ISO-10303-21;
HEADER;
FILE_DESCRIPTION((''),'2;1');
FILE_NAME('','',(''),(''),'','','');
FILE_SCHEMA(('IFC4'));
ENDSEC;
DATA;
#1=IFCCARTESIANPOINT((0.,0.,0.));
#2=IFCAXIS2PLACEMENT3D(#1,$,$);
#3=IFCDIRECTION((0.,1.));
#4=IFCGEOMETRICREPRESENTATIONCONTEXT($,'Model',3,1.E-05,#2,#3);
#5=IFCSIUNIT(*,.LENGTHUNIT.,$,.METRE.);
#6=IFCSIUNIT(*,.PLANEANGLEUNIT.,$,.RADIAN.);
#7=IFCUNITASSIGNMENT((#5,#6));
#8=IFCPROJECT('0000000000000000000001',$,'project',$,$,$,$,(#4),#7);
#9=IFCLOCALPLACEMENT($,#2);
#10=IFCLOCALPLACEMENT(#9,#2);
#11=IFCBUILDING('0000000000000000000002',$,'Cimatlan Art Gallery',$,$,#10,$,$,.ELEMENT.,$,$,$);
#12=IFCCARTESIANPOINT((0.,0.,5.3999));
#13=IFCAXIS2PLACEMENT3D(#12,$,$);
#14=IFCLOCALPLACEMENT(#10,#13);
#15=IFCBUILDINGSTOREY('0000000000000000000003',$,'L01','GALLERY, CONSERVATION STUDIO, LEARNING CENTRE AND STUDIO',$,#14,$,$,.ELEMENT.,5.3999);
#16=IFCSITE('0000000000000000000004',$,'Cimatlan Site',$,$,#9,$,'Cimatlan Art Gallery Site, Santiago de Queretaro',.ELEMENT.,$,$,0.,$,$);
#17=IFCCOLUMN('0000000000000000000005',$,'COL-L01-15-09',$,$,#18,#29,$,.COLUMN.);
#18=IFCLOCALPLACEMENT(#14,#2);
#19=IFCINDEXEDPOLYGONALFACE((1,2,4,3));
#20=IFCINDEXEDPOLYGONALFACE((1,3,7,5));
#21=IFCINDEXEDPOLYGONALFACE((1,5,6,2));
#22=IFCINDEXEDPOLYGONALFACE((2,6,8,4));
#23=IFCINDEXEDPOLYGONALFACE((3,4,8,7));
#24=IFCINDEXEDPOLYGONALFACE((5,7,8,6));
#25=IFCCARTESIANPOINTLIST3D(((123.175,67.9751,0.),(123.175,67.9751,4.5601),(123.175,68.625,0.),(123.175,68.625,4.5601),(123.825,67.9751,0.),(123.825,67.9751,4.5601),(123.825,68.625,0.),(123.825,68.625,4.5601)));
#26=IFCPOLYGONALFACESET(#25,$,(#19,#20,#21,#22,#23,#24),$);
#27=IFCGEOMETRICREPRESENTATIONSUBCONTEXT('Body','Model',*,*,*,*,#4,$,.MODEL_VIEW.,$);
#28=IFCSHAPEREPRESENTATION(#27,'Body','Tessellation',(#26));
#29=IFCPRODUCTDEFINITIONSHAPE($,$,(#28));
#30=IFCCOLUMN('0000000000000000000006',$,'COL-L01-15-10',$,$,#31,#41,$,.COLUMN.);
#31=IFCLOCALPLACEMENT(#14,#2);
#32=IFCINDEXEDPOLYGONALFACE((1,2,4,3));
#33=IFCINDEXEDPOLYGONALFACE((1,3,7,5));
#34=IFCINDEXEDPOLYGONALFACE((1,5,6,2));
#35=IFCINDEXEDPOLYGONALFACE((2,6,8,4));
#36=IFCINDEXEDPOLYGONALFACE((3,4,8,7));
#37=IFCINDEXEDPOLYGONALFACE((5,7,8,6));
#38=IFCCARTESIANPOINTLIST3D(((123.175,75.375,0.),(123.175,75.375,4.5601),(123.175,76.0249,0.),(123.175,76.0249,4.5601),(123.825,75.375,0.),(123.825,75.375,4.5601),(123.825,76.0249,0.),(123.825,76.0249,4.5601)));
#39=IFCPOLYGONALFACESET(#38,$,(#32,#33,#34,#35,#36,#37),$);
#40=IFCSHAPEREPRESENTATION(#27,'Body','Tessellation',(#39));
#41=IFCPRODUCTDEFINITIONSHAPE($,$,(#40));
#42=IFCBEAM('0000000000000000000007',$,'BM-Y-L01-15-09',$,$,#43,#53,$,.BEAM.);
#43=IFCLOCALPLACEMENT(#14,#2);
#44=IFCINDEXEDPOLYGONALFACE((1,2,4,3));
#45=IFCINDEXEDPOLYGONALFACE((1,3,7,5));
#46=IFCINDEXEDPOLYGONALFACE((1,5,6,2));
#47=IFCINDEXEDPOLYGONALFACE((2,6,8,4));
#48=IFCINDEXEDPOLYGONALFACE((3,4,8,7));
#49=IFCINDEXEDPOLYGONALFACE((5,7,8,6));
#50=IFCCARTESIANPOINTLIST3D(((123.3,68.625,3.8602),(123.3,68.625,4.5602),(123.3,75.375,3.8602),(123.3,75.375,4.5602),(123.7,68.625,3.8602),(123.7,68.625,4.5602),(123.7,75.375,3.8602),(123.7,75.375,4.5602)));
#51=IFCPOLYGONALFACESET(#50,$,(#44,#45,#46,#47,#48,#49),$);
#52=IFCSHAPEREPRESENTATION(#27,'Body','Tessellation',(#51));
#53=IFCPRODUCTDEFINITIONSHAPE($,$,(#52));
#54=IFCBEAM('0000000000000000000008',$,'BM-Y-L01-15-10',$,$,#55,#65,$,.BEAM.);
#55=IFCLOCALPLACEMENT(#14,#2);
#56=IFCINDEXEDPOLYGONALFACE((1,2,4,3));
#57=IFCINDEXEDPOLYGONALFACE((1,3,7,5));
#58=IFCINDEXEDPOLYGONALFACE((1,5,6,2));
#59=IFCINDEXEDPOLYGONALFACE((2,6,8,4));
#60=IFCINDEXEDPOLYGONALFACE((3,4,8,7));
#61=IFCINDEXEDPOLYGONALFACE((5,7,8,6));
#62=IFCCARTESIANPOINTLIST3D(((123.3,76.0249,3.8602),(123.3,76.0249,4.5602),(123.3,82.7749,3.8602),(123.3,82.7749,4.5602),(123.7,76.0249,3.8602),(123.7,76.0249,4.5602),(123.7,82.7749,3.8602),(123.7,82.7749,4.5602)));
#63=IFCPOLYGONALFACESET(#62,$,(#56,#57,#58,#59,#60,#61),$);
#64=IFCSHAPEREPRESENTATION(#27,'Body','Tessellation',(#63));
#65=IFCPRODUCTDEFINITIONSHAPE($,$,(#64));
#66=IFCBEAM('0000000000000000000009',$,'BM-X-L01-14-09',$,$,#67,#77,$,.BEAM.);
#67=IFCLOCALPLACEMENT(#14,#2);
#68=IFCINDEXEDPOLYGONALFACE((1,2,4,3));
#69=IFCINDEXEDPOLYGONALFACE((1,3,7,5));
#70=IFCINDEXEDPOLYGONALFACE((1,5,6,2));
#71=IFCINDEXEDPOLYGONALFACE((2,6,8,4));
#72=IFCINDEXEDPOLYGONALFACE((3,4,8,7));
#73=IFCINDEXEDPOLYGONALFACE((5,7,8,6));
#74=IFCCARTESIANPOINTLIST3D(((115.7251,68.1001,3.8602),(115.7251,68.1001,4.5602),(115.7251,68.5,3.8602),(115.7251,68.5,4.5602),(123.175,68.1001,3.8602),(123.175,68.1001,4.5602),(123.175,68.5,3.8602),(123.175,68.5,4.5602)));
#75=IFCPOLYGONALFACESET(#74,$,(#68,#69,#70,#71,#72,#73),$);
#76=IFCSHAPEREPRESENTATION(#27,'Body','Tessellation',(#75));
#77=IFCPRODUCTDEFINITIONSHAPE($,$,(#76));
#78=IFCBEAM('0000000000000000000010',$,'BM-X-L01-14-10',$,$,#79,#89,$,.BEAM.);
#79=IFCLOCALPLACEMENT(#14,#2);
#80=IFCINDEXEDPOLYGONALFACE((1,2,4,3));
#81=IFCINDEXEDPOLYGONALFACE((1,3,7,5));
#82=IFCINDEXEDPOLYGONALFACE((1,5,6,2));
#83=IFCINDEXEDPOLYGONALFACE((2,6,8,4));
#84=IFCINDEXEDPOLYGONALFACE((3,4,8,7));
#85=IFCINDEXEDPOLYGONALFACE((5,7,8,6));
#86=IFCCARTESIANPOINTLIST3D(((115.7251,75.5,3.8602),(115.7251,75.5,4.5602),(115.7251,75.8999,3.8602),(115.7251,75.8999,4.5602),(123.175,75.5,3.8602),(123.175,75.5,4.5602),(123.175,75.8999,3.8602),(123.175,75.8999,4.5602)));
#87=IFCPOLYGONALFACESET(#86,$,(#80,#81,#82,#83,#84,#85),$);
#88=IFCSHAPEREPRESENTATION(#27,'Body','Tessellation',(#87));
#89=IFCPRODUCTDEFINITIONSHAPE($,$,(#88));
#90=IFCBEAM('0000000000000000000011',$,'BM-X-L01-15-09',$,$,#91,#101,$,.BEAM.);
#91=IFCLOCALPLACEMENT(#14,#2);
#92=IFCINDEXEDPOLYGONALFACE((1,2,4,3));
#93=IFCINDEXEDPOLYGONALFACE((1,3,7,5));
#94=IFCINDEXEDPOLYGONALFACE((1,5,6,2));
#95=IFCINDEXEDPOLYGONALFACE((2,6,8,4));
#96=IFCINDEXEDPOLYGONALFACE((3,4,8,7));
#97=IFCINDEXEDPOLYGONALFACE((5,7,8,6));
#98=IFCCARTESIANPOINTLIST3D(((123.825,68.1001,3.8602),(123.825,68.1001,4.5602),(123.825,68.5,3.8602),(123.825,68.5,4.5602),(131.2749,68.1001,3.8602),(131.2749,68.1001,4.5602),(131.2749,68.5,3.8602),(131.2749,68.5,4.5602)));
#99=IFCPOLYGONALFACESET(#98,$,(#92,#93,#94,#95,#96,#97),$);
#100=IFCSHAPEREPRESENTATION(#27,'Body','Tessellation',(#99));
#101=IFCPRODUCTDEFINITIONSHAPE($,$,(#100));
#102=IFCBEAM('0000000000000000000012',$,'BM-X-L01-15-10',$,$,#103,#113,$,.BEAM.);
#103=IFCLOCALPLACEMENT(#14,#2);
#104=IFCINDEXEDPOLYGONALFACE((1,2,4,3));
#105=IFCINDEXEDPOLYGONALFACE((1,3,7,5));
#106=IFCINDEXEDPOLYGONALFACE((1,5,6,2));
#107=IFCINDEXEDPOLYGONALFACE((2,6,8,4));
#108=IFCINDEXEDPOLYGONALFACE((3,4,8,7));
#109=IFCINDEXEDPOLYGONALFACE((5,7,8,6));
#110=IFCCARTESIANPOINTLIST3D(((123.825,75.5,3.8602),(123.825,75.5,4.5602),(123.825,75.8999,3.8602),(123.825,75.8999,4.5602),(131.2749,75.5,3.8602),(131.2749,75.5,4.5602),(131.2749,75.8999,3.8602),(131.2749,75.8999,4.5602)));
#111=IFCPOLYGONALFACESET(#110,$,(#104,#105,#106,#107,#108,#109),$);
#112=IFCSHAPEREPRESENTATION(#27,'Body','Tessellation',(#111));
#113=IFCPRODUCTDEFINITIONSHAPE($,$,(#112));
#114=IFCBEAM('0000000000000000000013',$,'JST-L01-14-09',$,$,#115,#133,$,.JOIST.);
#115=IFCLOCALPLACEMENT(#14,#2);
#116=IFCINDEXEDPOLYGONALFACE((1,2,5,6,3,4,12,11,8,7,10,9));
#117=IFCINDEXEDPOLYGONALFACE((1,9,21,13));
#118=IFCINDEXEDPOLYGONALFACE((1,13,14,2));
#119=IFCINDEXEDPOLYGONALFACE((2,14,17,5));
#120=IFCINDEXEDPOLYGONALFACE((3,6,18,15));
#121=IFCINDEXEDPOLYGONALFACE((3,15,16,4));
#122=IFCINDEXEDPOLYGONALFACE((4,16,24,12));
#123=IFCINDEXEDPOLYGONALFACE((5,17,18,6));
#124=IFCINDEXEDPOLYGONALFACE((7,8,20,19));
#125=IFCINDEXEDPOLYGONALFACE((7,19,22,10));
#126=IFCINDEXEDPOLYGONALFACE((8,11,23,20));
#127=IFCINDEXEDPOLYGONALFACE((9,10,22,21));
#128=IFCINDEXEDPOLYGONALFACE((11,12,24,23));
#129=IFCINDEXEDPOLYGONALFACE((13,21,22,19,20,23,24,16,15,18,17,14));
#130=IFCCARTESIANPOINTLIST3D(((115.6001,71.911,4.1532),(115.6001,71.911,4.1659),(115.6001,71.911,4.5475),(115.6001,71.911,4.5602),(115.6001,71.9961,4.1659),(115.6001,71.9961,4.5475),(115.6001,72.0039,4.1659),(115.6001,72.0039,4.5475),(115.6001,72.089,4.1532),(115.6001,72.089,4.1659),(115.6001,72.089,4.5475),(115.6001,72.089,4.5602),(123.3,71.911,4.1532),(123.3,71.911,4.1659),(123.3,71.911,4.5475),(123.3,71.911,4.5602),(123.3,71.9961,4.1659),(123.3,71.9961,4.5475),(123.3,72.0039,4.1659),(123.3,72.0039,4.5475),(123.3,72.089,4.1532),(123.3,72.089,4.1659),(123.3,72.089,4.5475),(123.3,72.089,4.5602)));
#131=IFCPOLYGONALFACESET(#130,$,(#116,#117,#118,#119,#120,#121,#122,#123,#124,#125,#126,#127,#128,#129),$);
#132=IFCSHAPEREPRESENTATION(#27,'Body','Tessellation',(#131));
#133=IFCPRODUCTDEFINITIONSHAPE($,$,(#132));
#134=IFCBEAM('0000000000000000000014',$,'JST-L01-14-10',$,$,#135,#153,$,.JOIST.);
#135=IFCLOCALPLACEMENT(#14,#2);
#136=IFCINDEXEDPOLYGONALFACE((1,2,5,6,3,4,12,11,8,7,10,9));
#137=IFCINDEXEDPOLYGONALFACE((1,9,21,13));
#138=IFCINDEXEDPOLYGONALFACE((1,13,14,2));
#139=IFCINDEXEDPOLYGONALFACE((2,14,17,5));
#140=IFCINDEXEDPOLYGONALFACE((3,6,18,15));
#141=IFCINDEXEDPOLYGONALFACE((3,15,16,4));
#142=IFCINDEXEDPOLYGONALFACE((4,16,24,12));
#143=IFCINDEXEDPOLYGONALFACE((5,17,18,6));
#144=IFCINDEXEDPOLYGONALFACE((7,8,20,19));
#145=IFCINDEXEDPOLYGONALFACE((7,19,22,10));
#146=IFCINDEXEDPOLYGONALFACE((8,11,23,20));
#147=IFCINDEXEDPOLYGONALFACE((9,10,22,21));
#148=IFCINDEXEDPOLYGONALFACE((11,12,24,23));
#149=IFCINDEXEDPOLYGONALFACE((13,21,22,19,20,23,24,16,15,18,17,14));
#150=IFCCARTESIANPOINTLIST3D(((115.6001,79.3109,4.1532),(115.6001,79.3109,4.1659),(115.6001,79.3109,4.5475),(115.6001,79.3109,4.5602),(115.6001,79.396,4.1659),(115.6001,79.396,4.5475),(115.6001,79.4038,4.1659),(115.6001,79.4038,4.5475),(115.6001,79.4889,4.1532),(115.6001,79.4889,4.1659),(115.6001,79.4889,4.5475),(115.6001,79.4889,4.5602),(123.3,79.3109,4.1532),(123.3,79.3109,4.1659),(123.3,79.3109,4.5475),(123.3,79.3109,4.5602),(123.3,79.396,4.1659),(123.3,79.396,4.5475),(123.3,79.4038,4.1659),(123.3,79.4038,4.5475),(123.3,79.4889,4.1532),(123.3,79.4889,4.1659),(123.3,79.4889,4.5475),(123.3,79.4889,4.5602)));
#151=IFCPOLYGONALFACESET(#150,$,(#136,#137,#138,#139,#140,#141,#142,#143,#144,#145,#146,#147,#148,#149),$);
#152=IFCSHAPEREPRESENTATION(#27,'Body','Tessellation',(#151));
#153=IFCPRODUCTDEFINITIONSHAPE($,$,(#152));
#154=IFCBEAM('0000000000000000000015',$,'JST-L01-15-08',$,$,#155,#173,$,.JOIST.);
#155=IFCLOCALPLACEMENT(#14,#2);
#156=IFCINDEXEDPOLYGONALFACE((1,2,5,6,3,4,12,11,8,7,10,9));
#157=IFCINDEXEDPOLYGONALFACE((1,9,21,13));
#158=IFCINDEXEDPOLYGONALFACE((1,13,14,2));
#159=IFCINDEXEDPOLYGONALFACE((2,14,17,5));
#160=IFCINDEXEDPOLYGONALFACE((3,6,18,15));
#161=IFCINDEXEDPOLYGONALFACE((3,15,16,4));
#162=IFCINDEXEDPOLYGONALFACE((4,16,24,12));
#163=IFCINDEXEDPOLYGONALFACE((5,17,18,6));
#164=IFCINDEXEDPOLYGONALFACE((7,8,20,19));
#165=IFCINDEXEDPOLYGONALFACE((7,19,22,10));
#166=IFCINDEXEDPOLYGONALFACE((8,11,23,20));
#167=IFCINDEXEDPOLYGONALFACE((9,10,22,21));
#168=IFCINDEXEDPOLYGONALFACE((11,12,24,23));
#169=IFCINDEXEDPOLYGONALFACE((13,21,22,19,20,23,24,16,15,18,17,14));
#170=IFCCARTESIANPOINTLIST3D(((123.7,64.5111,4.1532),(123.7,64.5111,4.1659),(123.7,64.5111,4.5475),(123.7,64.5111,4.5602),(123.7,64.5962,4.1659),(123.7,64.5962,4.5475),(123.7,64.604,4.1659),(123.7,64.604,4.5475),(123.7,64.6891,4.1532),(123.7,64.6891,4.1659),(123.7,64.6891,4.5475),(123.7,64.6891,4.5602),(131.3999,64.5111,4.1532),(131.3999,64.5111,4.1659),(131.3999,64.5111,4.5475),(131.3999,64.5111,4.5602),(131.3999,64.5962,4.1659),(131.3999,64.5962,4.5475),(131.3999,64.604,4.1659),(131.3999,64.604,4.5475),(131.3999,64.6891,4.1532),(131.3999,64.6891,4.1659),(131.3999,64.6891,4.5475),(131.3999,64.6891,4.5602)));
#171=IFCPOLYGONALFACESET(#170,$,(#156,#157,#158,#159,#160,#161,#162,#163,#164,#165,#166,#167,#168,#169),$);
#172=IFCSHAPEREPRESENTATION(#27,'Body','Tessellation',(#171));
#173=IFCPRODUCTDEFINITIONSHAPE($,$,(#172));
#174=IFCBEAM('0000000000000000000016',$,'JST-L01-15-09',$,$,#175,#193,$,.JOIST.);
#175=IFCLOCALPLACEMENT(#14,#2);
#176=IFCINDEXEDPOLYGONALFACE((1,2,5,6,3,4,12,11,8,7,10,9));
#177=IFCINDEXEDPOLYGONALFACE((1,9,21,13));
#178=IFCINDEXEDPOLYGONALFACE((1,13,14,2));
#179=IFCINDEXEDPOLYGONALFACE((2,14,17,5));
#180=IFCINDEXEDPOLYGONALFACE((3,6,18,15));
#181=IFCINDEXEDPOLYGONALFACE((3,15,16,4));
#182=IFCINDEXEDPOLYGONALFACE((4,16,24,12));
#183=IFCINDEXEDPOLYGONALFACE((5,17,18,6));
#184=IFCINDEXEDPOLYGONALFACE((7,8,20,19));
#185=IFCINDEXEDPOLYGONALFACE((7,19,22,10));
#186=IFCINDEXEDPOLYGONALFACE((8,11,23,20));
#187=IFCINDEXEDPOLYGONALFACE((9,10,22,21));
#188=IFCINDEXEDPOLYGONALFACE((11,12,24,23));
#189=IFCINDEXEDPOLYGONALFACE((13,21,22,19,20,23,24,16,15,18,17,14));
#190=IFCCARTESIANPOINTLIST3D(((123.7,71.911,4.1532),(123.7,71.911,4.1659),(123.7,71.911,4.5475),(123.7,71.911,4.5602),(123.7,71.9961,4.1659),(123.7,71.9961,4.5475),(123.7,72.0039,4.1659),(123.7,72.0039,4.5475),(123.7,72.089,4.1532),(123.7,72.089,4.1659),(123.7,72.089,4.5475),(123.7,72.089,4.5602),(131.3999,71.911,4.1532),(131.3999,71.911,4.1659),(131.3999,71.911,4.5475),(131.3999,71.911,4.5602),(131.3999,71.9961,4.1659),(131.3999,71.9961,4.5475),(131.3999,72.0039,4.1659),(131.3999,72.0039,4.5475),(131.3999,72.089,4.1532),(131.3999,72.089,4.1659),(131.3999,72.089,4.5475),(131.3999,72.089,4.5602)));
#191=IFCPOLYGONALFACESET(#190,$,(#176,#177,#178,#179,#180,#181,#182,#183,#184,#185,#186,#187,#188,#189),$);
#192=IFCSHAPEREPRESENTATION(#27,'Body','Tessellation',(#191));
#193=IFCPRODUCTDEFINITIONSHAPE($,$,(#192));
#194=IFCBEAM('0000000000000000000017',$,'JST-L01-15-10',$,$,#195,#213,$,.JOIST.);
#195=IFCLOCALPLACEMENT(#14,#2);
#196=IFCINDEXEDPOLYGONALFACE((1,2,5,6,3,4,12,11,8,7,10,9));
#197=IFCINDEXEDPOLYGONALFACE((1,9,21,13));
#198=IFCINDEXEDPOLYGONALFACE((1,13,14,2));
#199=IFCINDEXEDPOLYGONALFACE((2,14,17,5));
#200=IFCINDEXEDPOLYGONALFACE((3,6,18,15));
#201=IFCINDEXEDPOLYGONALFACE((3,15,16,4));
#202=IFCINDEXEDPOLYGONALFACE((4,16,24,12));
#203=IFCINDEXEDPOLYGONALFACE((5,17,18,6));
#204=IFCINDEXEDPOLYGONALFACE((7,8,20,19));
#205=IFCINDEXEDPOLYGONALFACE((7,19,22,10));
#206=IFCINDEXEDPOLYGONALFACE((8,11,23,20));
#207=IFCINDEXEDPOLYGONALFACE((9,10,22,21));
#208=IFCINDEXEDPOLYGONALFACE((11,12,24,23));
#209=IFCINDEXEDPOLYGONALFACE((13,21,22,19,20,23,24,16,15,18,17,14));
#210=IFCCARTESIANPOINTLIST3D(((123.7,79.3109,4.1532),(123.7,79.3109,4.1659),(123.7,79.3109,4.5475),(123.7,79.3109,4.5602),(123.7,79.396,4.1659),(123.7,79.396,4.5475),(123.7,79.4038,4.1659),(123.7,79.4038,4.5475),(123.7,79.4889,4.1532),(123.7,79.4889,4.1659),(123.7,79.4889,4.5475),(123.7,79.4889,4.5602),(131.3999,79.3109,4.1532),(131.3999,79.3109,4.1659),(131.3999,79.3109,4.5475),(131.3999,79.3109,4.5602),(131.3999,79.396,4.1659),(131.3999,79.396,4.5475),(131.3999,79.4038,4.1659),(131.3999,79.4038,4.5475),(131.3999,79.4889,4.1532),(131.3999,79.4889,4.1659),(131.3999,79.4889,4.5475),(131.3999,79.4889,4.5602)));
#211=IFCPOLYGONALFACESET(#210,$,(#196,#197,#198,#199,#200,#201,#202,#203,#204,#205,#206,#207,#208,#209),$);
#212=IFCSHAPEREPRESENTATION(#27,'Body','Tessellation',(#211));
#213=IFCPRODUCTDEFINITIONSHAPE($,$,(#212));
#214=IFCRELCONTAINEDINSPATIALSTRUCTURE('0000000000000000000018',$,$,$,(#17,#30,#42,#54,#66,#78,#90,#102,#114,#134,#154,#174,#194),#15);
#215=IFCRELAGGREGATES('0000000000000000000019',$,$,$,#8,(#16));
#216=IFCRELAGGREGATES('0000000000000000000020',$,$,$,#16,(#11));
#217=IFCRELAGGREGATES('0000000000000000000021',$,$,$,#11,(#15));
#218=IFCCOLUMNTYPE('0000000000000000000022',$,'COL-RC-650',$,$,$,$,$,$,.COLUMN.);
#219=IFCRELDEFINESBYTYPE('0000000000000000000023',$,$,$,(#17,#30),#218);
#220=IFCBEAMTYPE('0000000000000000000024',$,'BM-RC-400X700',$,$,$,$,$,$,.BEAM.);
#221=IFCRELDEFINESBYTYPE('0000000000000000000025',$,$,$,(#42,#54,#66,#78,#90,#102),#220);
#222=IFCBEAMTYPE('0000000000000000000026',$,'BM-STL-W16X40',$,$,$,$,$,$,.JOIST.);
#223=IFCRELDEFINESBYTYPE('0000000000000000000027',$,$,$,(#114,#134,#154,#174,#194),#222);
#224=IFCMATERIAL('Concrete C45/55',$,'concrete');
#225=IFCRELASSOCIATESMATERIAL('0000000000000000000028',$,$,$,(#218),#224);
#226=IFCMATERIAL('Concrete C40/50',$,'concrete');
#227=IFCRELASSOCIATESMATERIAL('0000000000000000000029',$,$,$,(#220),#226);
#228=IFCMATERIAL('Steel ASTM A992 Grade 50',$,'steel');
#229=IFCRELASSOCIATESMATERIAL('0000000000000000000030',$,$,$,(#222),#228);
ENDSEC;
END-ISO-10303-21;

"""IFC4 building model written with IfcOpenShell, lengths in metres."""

from ifc_helpers import new_model, si_unit, direction, frame, origin, origin_2d, place, context, subcontext, project, spatial, rectangle, i_section, extrude, material, material_profile, profile_set, type_object, element, save


model = new_model("IFC4")

# Units and contexts
model_context = context("Model", 3, precision=1e-05, world=origin(), true_north=direction((0.0, 1.0)))
body_context = subcontext(model_context, "Body", "Model", "MODEL_VIEW")
ifc_project = project(units=[si_unit("LENGTHUNIT", "METRE"), si_unit("PLANEANGLEUNIT", "RADIAN")], contexts=[model_context])

# Site, building, storey
site_placement = place(None, origin())
site = spatial("IfcSite", under=ifc_project, at=site_placement, Name="Cimatlan Site", LongName="Cimatlan Art Gallery Site, Santiago de Queretaro", CompositionType="ELEMENT", RefElevation=0.0)
building_placement = place(site_placement, origin())
building = spatial("IfcBuilding", under=site, at=building_placement, Name="Cimatlan Art Gallery", CompositionType="ELEMENT")
storey_placement = place(building_placement, frame((0.0, 0.0, 5.3999)))
storey = spatial("IfcBuildingStorey", under=building, at=storey_placement, Name="L01", Description="GALLERY, CONSERVATION STUDIO, LEARNING CENTRE AND STUDIO", CompositionType="ELEMENT", Elevation=5.3999)

# Columns
ifc_material_1 = material(Name="Concrete C45/55", Category="concrete")
ifc_material_profile_1 = material_profile(ifc_material_1, rectangle(XDim=0.6499, YDim=0.6499, at=origin_2d()), Name="RC650X650")
ifc_profile_set_1 = profile_set([ifc_material_profile_1], Name="Concrete C45/55")
column_type = type_object("IfcColumnType", Name="COL-RC-650", PredefinedType="COLUMN", material=ifc_profile_set_1)
for number, where, z_axis, x_axis, name in (
    (1, (123.5, 68.3, 0.0), (0.0, 0.0, 1.0), (1.0, 0.0, 0.0), "COL-L01-15-09"),
    (2, (123.5, 75.7, 0.0), (0.0, 0.0, 1.0), (1.0, 0.0, 0.0), "COL-L01-15-10"),
):
    element("IfcColumn", number, at=place(storey_placement, frame(where, z_axis=z_axis, x_axis=x_axis)), inside=storey, type_object=column_type, Name=name, PredefinedType="COLUMN", context=body_context, shape_type="SweptSolid", body=[
        extrude(rectangle(XDim=0.6499, YDim=0.6499, at=origin_2d()), origin(), (0.0, 0.0, 1.0), 4.5601),
    ])

# Beams
ifc_material_2 = material(Name="Concrete C40/50", Category="concrete")
ifc_material_profile_2 = material_profile(ifc_material_2, rectangle(XDim=0.3999, YDim=0.7, at=origin_2d()), Name="RC400X700")
ifc_profile_set_2 = profile_set([ifc_material_profile_2], Name="Concrete C40/50")
beam_type_1 = type_object("IfcBeamType", Name="BM-RC-400X700", PredefinedType="BEAM", material=ifc_profile_set_2)
for number, where, z_axis, x_axis, name in (
    (3, (123.5, 68.625, 4.2102), (0.0, 1.0, 0.0), (-1.0, 0.0, 0.0), "BM-Y-L01-15-09"),
    (4, (123.5, 76.0249, 4.2102), (0.0, 1.0, 0.0), (-1.0, 0.0, 0.0), "BM-Y-L01-15-10"),
):
    element("IfcBeam", number, at=place(storey_placement, frame(where, z_axis=z_axis, x_axis=x_axis)), inside=storey, type_object=beam_type_1, Name=name, PredefinedType="BEAM", context=body_context, shape_type="SweptSolid", body=[
        extrude(rectangle(XDim=0.3999, YDim=0.7, at=origin_2d()), origin(), (0.0, 0.0, 1.0), 6.75),
    ])
for number, where, z_axis, x_axis, name in (
    (5, (115.7251, 68.3, 4.2102), (1.0, 0.0, 0.0), (0.0, 1.0, 0.0), "BM-X-L01-14-09"),
    (6, (115.7251, 75.7, 4.2102), (1.0, 0.0, 0.0), (0.0, 1.0, 0.0), "BM-X-L01-14-10"),
    (7, (123.825, 68.3, 4.2102), (1.0, 0.0, 0.0), (0.0, 1.0, 0.0), "BM-X-L01-15-09"),
    (8, (123.825, 75.7, 4.2102), (1.0, 0.0, 0.0), (0.0, 1.0, 0.0), "BM-X-L01-15-10"),
):
    element("IfcBeam", number, at=place(storey_placement, frame(where, z_axis=z_axis, x_axis=x_axis)), inside=storey, type_object=beam_type_1, Name=name, PredefinedType="BEAM", context=body_context, shape_type="SweptSolid", body=[
        extrude(rectangle(XDim=0.3999, YDim=0.7, at=origin_2d()), origin(), (0.0, 0.0, 1.0), 7.45),
    ])
ifc_material_3 = material(Name="Steel ASTM A992 Grade 50", Category="steel")
ifc_material_profile_3 = material_profile(ifc_material_3, i_section(OverallWidth=0.178, OverallDepth=0.407, WebThickness=0.0078, FlangeThickness=0.0127, at=origin_2d()), Name="W16X40")
ifc_profile_set_3 = profile_set([ifc_material_profile_3], Name="Steel ASTM A992 Grade 50")
beam_type_2 = type_object("IfcBeamType", Name="BM-STL-W16X40", PredefinedType="JOIST", material=ifc_profile_set_3)
for number, where, z_axis, x_axis, name in (
    (9, (115.6001, 72.0, 4.3567), (1.0, 0.0, 0.0), (0.0, 1.0, 0.0), "JST-L01-14-09"),
    (10, (115.6001, 79.3999, 4.3567), (1.0, 0.0, 0.0), (0.0, 1.0, 0.0), "JST-L01-14-10"),
    (11, (123.7, 64.6001, 4.3567), (1.0, 0.0, 0.0), (0.0, 1.0, 0.0), "JST-L01-15-08"),
    (12, (123.7, 72.0, 4.3567), (1.0, 0.0, 0.0), (0.0, 1.0, 0.0), "JST-L01-15-09"),
    (13, (123.7, 79.3999, 4.3567), (1.0, 0.0, 0.0), (0.0, 1.0, 0.0), "JST-L01-15-10"),
):
    element("IfcBeam", number, at=place(storey_placement, frame(where, z_axis=z_axis, x_axis=x_axis)), inside=storey, type_object=beam_type_2, Name=name, PredefinedType="JOIST", context=body_context, shape_type="SweptSolid", body=[
        extrude(i_section(OverallWidth=0.178, OverallDepth=0.407, WebThickness=0.0078, FlangeThickness=0.0127, at=origin_2d()), origin(), (0.0, 0.0, 1.0), 7.7),
    ])

save(model, "model.ifc")
